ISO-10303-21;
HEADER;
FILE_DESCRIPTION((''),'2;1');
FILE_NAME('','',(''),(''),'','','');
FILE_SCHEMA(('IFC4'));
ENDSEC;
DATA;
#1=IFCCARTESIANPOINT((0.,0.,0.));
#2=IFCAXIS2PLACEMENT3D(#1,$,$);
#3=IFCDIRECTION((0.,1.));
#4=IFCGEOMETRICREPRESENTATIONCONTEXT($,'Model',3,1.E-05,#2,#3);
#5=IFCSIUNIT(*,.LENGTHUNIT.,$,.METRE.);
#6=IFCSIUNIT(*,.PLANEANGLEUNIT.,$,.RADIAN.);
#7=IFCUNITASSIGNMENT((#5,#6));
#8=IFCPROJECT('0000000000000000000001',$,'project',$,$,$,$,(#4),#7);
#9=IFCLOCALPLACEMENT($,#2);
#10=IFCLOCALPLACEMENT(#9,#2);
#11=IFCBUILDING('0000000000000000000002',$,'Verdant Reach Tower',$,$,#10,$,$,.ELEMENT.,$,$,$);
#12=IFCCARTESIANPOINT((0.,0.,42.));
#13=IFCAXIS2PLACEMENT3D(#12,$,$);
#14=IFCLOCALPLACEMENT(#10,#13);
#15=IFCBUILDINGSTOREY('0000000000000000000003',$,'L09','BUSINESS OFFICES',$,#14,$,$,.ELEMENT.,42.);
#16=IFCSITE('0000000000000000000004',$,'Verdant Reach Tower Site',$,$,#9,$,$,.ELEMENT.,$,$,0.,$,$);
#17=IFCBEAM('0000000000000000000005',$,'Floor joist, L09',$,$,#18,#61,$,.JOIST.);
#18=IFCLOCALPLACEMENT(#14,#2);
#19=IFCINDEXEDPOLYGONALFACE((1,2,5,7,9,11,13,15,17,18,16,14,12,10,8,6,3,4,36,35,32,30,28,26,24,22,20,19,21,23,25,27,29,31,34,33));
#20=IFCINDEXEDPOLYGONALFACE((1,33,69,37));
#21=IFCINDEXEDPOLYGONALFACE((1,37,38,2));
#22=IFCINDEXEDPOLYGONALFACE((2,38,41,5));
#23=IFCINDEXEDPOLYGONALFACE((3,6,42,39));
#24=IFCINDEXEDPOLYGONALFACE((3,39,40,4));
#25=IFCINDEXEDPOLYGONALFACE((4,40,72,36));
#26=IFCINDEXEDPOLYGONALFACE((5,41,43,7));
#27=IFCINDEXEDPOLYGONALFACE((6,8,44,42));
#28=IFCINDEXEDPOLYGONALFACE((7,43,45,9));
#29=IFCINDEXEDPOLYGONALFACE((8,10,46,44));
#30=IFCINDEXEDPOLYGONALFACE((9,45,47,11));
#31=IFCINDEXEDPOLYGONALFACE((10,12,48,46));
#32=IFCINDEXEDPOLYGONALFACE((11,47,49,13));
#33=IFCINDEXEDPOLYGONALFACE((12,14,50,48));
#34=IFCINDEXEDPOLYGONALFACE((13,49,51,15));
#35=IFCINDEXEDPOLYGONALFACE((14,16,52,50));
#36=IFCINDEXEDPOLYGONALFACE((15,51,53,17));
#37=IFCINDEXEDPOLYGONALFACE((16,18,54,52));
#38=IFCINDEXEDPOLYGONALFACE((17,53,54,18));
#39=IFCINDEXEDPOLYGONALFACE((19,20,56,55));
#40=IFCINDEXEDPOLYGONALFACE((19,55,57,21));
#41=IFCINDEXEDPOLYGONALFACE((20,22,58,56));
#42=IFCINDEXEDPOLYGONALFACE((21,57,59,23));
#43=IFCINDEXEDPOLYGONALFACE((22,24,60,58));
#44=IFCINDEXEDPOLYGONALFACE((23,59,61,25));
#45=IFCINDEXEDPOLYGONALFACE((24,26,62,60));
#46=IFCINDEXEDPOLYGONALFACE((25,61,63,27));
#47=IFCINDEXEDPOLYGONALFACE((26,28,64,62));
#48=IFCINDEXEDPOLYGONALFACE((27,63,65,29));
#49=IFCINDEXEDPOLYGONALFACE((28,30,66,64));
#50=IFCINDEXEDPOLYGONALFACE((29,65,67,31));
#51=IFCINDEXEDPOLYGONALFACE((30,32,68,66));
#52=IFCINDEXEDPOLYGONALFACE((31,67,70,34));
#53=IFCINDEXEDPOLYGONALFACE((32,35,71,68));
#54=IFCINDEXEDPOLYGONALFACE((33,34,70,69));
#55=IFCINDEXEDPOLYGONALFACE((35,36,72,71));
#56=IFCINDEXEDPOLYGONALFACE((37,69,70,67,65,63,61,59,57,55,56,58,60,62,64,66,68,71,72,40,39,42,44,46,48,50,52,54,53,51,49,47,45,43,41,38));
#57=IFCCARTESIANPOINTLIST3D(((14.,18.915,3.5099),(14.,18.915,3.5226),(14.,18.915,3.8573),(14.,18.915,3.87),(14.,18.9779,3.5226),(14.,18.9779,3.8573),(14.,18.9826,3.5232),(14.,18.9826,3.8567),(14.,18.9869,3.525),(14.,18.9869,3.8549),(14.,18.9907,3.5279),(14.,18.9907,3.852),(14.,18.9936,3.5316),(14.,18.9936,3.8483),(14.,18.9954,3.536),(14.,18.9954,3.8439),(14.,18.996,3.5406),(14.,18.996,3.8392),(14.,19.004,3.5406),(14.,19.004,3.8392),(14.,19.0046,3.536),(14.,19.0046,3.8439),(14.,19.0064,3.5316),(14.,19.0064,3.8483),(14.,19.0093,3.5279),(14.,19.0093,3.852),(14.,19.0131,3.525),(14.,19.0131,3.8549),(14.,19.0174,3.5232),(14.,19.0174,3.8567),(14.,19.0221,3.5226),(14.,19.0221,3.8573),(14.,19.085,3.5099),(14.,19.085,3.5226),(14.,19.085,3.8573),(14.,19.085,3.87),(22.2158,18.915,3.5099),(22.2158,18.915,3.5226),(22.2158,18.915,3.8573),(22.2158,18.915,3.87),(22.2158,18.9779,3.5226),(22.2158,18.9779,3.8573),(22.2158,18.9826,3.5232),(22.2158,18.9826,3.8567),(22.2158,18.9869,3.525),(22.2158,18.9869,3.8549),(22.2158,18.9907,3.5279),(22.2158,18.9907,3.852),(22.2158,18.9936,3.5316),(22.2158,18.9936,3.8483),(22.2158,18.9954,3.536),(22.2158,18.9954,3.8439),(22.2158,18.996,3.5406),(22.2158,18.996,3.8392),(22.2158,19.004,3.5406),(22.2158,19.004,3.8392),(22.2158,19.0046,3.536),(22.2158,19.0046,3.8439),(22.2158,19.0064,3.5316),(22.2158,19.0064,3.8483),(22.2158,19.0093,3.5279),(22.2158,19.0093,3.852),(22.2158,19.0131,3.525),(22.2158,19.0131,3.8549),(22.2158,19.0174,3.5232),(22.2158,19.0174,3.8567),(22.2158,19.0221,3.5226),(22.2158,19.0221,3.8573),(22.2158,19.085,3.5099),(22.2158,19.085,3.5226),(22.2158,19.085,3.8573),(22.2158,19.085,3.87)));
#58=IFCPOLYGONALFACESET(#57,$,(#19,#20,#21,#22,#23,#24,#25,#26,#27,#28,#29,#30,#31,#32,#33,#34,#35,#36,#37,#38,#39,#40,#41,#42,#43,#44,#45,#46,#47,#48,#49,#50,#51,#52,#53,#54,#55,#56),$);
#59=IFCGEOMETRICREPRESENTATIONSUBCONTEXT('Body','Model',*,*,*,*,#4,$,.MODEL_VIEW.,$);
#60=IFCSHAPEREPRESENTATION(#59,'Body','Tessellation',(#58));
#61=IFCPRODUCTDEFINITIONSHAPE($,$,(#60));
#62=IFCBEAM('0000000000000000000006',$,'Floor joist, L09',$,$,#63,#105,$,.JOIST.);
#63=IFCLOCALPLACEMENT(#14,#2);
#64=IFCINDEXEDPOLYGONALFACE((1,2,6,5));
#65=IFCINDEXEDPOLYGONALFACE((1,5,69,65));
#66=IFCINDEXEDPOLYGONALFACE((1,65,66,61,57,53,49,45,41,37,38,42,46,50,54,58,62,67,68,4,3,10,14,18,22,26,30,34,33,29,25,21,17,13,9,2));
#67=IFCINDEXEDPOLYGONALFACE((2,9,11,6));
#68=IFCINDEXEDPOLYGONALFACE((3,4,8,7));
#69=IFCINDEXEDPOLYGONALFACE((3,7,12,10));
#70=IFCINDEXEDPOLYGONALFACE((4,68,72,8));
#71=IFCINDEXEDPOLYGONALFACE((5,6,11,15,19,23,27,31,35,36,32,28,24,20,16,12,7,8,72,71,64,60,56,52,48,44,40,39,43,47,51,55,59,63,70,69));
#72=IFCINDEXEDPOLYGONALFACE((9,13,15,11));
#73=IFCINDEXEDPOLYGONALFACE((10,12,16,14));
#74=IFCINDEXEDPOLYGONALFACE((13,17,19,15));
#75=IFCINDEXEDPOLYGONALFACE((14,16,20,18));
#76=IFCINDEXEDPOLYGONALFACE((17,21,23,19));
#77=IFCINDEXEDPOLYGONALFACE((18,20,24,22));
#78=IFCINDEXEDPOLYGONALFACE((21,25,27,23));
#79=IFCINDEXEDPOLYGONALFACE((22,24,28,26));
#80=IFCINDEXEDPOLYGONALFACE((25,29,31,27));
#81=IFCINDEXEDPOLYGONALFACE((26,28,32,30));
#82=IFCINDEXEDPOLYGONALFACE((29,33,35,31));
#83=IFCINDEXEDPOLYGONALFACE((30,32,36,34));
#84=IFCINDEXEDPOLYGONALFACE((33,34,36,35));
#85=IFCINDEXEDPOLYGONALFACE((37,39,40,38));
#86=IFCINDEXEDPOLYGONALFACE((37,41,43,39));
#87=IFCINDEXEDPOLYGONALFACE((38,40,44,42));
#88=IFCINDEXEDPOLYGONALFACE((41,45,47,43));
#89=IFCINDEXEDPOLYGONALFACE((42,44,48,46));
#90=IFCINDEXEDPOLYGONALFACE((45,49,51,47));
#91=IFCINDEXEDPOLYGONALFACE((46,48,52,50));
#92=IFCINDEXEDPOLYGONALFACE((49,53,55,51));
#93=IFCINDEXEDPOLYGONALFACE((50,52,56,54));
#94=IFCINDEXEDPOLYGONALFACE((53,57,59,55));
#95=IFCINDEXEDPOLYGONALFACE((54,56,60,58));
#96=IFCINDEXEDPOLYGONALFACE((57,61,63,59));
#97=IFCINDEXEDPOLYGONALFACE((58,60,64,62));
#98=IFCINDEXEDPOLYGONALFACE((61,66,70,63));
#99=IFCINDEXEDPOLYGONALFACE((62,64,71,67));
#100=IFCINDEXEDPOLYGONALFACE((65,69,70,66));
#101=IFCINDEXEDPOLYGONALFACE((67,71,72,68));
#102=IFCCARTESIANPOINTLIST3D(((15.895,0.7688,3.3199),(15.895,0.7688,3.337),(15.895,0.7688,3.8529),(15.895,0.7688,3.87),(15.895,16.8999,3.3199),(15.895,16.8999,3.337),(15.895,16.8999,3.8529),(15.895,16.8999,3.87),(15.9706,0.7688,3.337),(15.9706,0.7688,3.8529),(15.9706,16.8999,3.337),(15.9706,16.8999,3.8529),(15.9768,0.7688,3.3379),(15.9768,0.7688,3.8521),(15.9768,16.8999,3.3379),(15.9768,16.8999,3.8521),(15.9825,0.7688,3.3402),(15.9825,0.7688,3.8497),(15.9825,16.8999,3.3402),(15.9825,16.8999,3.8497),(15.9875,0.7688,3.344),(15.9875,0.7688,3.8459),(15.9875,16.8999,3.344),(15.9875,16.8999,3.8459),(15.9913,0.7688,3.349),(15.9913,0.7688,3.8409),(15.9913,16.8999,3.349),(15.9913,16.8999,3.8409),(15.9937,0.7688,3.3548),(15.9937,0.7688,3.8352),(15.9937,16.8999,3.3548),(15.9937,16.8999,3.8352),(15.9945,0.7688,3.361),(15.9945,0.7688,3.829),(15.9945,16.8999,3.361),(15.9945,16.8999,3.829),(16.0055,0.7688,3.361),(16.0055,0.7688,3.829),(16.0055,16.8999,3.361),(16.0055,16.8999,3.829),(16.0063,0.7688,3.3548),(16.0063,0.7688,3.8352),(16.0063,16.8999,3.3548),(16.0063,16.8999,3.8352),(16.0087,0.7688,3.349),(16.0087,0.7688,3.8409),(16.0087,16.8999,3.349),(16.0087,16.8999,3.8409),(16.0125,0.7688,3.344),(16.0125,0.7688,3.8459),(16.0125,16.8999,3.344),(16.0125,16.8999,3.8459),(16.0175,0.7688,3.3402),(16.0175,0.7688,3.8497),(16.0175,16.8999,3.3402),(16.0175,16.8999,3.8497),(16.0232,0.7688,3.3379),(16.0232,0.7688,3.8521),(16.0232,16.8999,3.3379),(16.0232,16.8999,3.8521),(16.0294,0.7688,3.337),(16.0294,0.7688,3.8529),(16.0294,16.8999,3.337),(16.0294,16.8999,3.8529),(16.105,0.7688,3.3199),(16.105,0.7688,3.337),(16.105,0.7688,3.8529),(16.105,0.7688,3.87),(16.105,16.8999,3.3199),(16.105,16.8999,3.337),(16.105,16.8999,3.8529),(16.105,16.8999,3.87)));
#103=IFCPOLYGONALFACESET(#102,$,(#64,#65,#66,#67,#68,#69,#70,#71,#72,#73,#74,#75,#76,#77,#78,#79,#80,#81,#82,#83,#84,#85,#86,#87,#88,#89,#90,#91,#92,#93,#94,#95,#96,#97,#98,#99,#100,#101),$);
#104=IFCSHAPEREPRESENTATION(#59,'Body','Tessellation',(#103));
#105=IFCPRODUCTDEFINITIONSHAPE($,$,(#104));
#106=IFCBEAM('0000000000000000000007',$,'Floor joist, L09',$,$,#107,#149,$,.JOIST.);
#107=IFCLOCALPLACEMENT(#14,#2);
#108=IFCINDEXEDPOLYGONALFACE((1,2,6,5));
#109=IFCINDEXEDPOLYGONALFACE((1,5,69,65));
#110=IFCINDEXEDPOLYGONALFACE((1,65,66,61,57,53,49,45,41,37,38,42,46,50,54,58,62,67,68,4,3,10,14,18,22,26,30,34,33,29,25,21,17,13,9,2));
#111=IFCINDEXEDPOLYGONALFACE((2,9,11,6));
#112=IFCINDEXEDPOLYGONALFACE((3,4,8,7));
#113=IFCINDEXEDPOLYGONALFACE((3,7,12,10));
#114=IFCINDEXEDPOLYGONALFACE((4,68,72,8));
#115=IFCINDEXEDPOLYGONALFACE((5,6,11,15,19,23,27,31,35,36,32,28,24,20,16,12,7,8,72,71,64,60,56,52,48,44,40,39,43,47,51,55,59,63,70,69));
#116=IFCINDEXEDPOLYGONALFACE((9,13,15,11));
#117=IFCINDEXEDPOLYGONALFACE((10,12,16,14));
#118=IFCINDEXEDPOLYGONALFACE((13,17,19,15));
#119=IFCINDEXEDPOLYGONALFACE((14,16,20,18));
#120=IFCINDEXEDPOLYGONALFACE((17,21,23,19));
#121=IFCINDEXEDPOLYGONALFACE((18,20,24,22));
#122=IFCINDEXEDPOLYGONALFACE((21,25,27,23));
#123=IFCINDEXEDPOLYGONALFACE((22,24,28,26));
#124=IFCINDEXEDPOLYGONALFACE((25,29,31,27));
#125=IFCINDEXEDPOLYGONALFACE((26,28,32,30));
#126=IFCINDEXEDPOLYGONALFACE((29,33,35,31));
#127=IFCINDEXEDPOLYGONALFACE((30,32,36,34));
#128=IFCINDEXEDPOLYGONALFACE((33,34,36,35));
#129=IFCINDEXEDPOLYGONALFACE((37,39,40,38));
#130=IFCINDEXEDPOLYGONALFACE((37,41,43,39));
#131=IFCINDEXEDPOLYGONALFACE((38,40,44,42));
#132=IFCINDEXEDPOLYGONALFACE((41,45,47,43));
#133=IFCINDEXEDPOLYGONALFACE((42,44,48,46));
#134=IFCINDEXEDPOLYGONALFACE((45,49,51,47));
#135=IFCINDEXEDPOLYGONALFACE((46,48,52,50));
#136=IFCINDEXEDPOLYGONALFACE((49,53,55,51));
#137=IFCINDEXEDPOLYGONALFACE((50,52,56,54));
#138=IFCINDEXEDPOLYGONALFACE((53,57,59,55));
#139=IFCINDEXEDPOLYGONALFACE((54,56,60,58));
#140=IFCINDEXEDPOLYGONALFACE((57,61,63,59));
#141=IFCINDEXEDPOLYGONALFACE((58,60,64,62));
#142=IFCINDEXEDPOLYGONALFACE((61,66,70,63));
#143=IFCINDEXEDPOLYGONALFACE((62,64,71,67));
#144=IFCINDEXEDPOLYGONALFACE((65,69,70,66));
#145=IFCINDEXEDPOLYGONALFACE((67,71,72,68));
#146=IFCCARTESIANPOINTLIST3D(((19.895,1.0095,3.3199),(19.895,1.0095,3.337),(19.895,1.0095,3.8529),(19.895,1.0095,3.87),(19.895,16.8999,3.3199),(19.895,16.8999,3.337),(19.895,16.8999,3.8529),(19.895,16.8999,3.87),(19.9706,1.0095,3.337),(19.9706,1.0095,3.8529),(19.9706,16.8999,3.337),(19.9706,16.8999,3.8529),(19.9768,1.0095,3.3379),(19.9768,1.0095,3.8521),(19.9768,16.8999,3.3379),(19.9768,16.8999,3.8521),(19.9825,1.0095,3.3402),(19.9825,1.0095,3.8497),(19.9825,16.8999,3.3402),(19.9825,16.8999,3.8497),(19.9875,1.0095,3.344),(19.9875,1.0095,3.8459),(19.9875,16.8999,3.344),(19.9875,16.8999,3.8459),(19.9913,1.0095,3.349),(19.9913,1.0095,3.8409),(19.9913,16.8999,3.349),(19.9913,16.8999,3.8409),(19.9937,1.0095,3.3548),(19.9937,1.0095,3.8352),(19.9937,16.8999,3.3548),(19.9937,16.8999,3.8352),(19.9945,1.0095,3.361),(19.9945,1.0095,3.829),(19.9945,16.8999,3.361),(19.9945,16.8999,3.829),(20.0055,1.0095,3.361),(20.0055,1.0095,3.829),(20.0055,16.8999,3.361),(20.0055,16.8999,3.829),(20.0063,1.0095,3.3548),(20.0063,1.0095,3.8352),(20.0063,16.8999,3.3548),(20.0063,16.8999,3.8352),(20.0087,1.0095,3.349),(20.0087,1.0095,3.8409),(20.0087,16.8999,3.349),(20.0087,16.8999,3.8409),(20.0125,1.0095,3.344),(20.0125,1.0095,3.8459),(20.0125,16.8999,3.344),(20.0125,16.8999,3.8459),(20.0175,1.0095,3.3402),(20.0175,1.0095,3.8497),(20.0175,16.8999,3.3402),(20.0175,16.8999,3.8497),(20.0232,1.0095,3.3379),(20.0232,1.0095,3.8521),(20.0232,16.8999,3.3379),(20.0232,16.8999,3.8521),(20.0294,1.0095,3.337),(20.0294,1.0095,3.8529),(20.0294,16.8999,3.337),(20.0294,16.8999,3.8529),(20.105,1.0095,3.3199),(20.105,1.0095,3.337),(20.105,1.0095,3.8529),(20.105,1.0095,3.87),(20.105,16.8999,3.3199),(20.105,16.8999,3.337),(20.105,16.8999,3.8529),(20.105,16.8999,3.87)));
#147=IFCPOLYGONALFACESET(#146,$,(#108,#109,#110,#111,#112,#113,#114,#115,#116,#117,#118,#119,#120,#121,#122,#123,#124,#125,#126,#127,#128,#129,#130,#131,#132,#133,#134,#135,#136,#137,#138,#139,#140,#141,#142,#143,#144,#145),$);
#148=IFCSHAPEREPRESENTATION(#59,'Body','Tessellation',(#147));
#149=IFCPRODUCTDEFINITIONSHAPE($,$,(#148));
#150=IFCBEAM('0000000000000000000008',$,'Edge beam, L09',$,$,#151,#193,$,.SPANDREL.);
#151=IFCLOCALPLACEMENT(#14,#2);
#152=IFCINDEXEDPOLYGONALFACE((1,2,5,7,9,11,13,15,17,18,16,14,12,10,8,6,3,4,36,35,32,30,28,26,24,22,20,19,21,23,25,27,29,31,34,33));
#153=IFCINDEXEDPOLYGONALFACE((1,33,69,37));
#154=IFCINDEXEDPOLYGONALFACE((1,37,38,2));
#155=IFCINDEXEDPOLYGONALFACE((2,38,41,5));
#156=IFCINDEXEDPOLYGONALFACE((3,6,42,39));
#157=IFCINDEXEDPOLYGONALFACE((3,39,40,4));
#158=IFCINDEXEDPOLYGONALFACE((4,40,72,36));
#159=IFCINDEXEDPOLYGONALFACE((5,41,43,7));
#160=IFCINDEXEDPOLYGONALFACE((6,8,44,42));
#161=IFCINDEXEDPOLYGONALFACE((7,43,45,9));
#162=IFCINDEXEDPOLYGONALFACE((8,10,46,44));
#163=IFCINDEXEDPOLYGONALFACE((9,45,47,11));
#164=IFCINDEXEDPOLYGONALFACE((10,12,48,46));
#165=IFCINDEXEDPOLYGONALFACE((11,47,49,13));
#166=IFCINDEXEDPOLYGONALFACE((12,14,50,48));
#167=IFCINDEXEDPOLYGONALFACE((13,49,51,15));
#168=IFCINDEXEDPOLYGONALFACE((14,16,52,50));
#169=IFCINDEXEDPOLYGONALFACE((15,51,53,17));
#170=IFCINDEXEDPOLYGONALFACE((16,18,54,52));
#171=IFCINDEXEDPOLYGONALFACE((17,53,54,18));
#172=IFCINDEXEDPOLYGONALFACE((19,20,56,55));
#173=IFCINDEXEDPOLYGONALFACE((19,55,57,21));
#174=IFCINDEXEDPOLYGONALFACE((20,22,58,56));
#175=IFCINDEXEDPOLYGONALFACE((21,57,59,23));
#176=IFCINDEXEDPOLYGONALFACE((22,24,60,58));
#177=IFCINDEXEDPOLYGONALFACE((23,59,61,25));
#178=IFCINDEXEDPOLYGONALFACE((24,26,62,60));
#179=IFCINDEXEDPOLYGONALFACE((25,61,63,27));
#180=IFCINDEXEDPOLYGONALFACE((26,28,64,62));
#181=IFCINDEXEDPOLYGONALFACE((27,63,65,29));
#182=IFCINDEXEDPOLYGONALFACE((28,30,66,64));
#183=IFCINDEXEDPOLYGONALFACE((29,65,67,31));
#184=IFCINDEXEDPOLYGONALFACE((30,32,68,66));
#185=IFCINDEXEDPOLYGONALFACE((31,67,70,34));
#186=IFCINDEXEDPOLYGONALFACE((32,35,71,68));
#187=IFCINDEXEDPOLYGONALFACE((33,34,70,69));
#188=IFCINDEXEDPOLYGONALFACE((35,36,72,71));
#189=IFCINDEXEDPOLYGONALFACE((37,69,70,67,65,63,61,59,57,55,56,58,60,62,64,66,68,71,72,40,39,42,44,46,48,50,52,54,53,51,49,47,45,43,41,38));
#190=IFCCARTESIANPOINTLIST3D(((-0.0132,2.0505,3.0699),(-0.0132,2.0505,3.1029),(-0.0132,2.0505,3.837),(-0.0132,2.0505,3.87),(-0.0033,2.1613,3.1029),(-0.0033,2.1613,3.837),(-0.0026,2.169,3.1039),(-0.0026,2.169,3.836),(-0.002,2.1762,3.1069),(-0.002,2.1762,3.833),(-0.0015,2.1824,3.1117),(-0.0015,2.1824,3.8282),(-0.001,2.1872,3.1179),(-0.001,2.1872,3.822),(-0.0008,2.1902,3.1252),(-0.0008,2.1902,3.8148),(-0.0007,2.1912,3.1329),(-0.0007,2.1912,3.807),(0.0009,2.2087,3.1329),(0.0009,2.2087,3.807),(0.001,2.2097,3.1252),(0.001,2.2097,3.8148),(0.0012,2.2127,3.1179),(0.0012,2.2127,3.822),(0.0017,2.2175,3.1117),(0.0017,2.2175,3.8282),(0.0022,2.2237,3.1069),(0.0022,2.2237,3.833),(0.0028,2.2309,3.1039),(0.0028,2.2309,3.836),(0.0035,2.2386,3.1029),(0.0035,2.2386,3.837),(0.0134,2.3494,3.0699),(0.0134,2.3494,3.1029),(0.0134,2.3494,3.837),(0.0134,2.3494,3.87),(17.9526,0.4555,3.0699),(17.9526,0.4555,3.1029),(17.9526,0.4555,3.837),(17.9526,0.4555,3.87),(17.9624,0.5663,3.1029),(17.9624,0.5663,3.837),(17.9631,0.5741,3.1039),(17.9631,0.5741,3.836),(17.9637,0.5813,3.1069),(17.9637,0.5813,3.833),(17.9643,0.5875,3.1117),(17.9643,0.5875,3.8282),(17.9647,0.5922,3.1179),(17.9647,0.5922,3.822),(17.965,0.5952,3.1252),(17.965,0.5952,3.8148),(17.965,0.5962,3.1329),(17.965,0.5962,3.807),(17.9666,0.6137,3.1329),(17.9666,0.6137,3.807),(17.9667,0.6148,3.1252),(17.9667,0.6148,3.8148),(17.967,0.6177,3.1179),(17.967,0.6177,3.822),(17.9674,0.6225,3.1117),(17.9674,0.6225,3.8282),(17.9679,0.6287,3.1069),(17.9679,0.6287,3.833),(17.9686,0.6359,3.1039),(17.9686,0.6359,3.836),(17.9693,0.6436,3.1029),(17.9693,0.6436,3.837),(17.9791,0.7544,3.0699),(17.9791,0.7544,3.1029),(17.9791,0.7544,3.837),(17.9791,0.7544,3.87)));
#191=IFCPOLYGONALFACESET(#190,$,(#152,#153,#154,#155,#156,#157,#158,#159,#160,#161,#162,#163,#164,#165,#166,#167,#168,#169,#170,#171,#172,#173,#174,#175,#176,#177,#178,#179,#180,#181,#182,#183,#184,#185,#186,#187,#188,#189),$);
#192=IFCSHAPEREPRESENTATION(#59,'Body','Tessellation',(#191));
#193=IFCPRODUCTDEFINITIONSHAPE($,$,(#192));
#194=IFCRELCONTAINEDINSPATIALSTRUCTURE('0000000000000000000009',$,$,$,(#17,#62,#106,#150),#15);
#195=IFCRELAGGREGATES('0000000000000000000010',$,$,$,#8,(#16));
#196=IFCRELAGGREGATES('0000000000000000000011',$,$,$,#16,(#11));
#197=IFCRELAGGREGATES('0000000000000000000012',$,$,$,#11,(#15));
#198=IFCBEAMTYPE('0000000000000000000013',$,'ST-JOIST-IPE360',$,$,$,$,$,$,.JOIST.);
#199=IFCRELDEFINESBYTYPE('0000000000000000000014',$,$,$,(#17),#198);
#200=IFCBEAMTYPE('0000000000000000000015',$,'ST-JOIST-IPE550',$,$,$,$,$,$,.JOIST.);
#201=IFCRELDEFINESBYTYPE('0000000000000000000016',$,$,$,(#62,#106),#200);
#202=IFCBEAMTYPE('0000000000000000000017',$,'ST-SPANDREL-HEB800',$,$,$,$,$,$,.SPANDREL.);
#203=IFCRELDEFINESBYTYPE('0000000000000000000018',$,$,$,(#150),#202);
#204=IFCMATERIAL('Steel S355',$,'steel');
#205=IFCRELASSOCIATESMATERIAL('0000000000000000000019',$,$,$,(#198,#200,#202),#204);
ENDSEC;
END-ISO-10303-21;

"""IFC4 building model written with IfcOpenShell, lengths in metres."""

from ifc_helpers import new_model, si_unit, direction, frame, origin, origin_2d, place, context, subcontext, project, spatial, i_section, extrude, material, material_profile, profile_set, type_object, element, save


model = new_model("IFC4")

# Units and contexts
model_context = context("Model", 3, precision=1e-05, world=origin(), true_north=direction((0.0, 1.0)))
body_context = subcontext(model_context, "Body", "Model", "MODEL_VIEW")
ifc_project = project(units=[si_unit("LENGTHUNIT", "METRE"), si_unit("PLANEANGLEUNIT", "RADIAN")], contexts=[model_context])

# Site, building, storey
site_placement = place(None, origin())
site = spatial("IfcSite", under=ifc_project, at=site_placement, Name="Verdant Reach Tower Site", CompositionType="ELEMENT", RefElevation=0.0)
building_placement = place(site_placement, origin())
building = spatial("IfcBuilding", under=site, at=building_placement, Name="Verdant Reach Tower", CompositionType="ELEMENT")
storey_placement = place(building_placement, frame((0.0, 0.0, 42.0)))
storey = spatial("IfcBuildingStorey", under=building, at=storey_placement, Name="L09", Description="BUSINESS OFFICES", CompositionType="ELEMENT", Elevation=42.0)

# Beams
ifc_material_1 = material(Name="Steel S355", Category="steel")
ifc_material_profile_1 = material_profile(ifc_material_1, i_section(OverallWidth=0.1699, OverallDepth=0.3601, WebThickness=0.0081, FlangeThickness=0.0127, FilletRadius=0.0181, at=origin_2d()), Name="IPE 360")
ifc_profile_set_1 = profile_set([ifc_material_profile_1], Name="Steel S355")
beam_type_1 = type_object("IfcBeamType", Name="ST-JOIST-IPE360", PredefinedType="JOIST", material=ifc_profile_set_1)
beam_1_placement = place(storey_placement, frame((14.0, 19.0, 3.6899), z_axis=(1.0, 0.0, 0.0), x_axis=(0.0, 1.0, 0.0)))
element("IfcBeam", 1, at=beam_1_placement, inside=storey, type_object=beam_type_1, Name="Floor joist, L09", PredefinedType="JOIST", context=body_context, shape_type="SweptSolid", body=[
    extrude(i_section(OverallWidth=0.1699, OverallDepth=0.3601, WebThickness=0.0081, FlangeThickness=0.0127, FilletRadius=0.0181, at=origin_2d()), origin(), (0.0, 0.0, 1.0), 8.2158),
])
ifc_material_profile_2 = material_profile(ifc_material_1, i_section(OverallWidth=0.21, OverallDepth=0.55, WebThickness=0.011, FlangeThickness=0.0171, FilletRadius=0.0239, at=origin_2d()), Name="IPE 550")
ifc_profile_set_2 = profile_set([ifc_material_profile_2], Name="Steel S355")
beam_type_2 = type_object("IfcBeamType", Name="ST-JOIST-IPE550", PredefinedType="JOIST", material=ifc_profile_set_2)
beam_2_placement = place(storey_placement, frame((16.0, 16.8999, 3.595), z_axis=(0.0, -1.0, 0.0), x_axis=(1.0, 0.0, 0.0)))
element("IfcBeam", 2, at=beam_2_placement, inside=storey, type_object=beam_type_2, Name="Floor joist, L09", PredefinedType="JOIST", context=body_context, shape_type="SweptSolid", body=[
    extrude(i_section(OverallWidth=0.21, OverallDepth=0.55, WebThickness=0.011, FlangeThickness=0.0171, FilletRadius=0.0239, at=origin_2d()), origin(), (0.0, 0.0, 1.0), 16.1311),
])
beam_3_placement = place(storey_placement, frame((20.0, 16.8999, 3.595), z_axis=(0.0, -1.0, 0.0), x_axis=(1.0, 0.0, 0.0)))
element("IfcBeam", 3, at=beam_3_placement, inside=storey, type_object=beam_type_2, Name="Floor joist, L09", PredefinedType="JOIST", context=body_context, shape_type="SweptSolid", body=[
    extrude(i_section(OverallWidth=0.21, OverallDepth=0.55, WebThickness=0.011, FlangeThickness=0.0171, FilletRadius=0.0239, at=origin_2d()), origin(), (0.0, 0.0, 1.0), 15.8904),
])
ifc_material_profile_3 = material_profile(ifc_material_1, i_section(OverallWidth=0.3, OverallDepth=0.8, WebThickness=0.0176, FlangeThickness=0.033, FilletRadius=0.03, at=origin_2d()), Name="HEB 800")
ifc_profile_set_3 = profile_set([ifc_material_profile_3], Name="Steel S355")
beam_type_3 = type_object("IfcBeamType", Name="ST-SPANDREL-HEB800", PredefinedType="SPANDREL", material=ifc_profile_set_3)
beam_4_placement = place(storey_placement, frame((17.9658, 0.605, 3.47), z_axis=(-0.996082, 0.08843, 0.0), x_axis=(-0.08843, -0.996082, 0.0)))
element("IfcBeam", 4, at=beam_4_placement, inside=storey, type_object=beam_type_3, Name="Edge beam, L09", PredefinedType="SPANDREL", context=body_context, shape_type="SweptSolid", body=[
    extrude(i_section(OverallWidth=0.3, OverallDepth=0.8, WebThickness=0.0176, FlangeThickness=0.033, FilletRadius=0.03, at=origin_2d()), origin(), (0.0, 0.0, 1.0), 18.0364),
])

save(model, "model.ifc")
